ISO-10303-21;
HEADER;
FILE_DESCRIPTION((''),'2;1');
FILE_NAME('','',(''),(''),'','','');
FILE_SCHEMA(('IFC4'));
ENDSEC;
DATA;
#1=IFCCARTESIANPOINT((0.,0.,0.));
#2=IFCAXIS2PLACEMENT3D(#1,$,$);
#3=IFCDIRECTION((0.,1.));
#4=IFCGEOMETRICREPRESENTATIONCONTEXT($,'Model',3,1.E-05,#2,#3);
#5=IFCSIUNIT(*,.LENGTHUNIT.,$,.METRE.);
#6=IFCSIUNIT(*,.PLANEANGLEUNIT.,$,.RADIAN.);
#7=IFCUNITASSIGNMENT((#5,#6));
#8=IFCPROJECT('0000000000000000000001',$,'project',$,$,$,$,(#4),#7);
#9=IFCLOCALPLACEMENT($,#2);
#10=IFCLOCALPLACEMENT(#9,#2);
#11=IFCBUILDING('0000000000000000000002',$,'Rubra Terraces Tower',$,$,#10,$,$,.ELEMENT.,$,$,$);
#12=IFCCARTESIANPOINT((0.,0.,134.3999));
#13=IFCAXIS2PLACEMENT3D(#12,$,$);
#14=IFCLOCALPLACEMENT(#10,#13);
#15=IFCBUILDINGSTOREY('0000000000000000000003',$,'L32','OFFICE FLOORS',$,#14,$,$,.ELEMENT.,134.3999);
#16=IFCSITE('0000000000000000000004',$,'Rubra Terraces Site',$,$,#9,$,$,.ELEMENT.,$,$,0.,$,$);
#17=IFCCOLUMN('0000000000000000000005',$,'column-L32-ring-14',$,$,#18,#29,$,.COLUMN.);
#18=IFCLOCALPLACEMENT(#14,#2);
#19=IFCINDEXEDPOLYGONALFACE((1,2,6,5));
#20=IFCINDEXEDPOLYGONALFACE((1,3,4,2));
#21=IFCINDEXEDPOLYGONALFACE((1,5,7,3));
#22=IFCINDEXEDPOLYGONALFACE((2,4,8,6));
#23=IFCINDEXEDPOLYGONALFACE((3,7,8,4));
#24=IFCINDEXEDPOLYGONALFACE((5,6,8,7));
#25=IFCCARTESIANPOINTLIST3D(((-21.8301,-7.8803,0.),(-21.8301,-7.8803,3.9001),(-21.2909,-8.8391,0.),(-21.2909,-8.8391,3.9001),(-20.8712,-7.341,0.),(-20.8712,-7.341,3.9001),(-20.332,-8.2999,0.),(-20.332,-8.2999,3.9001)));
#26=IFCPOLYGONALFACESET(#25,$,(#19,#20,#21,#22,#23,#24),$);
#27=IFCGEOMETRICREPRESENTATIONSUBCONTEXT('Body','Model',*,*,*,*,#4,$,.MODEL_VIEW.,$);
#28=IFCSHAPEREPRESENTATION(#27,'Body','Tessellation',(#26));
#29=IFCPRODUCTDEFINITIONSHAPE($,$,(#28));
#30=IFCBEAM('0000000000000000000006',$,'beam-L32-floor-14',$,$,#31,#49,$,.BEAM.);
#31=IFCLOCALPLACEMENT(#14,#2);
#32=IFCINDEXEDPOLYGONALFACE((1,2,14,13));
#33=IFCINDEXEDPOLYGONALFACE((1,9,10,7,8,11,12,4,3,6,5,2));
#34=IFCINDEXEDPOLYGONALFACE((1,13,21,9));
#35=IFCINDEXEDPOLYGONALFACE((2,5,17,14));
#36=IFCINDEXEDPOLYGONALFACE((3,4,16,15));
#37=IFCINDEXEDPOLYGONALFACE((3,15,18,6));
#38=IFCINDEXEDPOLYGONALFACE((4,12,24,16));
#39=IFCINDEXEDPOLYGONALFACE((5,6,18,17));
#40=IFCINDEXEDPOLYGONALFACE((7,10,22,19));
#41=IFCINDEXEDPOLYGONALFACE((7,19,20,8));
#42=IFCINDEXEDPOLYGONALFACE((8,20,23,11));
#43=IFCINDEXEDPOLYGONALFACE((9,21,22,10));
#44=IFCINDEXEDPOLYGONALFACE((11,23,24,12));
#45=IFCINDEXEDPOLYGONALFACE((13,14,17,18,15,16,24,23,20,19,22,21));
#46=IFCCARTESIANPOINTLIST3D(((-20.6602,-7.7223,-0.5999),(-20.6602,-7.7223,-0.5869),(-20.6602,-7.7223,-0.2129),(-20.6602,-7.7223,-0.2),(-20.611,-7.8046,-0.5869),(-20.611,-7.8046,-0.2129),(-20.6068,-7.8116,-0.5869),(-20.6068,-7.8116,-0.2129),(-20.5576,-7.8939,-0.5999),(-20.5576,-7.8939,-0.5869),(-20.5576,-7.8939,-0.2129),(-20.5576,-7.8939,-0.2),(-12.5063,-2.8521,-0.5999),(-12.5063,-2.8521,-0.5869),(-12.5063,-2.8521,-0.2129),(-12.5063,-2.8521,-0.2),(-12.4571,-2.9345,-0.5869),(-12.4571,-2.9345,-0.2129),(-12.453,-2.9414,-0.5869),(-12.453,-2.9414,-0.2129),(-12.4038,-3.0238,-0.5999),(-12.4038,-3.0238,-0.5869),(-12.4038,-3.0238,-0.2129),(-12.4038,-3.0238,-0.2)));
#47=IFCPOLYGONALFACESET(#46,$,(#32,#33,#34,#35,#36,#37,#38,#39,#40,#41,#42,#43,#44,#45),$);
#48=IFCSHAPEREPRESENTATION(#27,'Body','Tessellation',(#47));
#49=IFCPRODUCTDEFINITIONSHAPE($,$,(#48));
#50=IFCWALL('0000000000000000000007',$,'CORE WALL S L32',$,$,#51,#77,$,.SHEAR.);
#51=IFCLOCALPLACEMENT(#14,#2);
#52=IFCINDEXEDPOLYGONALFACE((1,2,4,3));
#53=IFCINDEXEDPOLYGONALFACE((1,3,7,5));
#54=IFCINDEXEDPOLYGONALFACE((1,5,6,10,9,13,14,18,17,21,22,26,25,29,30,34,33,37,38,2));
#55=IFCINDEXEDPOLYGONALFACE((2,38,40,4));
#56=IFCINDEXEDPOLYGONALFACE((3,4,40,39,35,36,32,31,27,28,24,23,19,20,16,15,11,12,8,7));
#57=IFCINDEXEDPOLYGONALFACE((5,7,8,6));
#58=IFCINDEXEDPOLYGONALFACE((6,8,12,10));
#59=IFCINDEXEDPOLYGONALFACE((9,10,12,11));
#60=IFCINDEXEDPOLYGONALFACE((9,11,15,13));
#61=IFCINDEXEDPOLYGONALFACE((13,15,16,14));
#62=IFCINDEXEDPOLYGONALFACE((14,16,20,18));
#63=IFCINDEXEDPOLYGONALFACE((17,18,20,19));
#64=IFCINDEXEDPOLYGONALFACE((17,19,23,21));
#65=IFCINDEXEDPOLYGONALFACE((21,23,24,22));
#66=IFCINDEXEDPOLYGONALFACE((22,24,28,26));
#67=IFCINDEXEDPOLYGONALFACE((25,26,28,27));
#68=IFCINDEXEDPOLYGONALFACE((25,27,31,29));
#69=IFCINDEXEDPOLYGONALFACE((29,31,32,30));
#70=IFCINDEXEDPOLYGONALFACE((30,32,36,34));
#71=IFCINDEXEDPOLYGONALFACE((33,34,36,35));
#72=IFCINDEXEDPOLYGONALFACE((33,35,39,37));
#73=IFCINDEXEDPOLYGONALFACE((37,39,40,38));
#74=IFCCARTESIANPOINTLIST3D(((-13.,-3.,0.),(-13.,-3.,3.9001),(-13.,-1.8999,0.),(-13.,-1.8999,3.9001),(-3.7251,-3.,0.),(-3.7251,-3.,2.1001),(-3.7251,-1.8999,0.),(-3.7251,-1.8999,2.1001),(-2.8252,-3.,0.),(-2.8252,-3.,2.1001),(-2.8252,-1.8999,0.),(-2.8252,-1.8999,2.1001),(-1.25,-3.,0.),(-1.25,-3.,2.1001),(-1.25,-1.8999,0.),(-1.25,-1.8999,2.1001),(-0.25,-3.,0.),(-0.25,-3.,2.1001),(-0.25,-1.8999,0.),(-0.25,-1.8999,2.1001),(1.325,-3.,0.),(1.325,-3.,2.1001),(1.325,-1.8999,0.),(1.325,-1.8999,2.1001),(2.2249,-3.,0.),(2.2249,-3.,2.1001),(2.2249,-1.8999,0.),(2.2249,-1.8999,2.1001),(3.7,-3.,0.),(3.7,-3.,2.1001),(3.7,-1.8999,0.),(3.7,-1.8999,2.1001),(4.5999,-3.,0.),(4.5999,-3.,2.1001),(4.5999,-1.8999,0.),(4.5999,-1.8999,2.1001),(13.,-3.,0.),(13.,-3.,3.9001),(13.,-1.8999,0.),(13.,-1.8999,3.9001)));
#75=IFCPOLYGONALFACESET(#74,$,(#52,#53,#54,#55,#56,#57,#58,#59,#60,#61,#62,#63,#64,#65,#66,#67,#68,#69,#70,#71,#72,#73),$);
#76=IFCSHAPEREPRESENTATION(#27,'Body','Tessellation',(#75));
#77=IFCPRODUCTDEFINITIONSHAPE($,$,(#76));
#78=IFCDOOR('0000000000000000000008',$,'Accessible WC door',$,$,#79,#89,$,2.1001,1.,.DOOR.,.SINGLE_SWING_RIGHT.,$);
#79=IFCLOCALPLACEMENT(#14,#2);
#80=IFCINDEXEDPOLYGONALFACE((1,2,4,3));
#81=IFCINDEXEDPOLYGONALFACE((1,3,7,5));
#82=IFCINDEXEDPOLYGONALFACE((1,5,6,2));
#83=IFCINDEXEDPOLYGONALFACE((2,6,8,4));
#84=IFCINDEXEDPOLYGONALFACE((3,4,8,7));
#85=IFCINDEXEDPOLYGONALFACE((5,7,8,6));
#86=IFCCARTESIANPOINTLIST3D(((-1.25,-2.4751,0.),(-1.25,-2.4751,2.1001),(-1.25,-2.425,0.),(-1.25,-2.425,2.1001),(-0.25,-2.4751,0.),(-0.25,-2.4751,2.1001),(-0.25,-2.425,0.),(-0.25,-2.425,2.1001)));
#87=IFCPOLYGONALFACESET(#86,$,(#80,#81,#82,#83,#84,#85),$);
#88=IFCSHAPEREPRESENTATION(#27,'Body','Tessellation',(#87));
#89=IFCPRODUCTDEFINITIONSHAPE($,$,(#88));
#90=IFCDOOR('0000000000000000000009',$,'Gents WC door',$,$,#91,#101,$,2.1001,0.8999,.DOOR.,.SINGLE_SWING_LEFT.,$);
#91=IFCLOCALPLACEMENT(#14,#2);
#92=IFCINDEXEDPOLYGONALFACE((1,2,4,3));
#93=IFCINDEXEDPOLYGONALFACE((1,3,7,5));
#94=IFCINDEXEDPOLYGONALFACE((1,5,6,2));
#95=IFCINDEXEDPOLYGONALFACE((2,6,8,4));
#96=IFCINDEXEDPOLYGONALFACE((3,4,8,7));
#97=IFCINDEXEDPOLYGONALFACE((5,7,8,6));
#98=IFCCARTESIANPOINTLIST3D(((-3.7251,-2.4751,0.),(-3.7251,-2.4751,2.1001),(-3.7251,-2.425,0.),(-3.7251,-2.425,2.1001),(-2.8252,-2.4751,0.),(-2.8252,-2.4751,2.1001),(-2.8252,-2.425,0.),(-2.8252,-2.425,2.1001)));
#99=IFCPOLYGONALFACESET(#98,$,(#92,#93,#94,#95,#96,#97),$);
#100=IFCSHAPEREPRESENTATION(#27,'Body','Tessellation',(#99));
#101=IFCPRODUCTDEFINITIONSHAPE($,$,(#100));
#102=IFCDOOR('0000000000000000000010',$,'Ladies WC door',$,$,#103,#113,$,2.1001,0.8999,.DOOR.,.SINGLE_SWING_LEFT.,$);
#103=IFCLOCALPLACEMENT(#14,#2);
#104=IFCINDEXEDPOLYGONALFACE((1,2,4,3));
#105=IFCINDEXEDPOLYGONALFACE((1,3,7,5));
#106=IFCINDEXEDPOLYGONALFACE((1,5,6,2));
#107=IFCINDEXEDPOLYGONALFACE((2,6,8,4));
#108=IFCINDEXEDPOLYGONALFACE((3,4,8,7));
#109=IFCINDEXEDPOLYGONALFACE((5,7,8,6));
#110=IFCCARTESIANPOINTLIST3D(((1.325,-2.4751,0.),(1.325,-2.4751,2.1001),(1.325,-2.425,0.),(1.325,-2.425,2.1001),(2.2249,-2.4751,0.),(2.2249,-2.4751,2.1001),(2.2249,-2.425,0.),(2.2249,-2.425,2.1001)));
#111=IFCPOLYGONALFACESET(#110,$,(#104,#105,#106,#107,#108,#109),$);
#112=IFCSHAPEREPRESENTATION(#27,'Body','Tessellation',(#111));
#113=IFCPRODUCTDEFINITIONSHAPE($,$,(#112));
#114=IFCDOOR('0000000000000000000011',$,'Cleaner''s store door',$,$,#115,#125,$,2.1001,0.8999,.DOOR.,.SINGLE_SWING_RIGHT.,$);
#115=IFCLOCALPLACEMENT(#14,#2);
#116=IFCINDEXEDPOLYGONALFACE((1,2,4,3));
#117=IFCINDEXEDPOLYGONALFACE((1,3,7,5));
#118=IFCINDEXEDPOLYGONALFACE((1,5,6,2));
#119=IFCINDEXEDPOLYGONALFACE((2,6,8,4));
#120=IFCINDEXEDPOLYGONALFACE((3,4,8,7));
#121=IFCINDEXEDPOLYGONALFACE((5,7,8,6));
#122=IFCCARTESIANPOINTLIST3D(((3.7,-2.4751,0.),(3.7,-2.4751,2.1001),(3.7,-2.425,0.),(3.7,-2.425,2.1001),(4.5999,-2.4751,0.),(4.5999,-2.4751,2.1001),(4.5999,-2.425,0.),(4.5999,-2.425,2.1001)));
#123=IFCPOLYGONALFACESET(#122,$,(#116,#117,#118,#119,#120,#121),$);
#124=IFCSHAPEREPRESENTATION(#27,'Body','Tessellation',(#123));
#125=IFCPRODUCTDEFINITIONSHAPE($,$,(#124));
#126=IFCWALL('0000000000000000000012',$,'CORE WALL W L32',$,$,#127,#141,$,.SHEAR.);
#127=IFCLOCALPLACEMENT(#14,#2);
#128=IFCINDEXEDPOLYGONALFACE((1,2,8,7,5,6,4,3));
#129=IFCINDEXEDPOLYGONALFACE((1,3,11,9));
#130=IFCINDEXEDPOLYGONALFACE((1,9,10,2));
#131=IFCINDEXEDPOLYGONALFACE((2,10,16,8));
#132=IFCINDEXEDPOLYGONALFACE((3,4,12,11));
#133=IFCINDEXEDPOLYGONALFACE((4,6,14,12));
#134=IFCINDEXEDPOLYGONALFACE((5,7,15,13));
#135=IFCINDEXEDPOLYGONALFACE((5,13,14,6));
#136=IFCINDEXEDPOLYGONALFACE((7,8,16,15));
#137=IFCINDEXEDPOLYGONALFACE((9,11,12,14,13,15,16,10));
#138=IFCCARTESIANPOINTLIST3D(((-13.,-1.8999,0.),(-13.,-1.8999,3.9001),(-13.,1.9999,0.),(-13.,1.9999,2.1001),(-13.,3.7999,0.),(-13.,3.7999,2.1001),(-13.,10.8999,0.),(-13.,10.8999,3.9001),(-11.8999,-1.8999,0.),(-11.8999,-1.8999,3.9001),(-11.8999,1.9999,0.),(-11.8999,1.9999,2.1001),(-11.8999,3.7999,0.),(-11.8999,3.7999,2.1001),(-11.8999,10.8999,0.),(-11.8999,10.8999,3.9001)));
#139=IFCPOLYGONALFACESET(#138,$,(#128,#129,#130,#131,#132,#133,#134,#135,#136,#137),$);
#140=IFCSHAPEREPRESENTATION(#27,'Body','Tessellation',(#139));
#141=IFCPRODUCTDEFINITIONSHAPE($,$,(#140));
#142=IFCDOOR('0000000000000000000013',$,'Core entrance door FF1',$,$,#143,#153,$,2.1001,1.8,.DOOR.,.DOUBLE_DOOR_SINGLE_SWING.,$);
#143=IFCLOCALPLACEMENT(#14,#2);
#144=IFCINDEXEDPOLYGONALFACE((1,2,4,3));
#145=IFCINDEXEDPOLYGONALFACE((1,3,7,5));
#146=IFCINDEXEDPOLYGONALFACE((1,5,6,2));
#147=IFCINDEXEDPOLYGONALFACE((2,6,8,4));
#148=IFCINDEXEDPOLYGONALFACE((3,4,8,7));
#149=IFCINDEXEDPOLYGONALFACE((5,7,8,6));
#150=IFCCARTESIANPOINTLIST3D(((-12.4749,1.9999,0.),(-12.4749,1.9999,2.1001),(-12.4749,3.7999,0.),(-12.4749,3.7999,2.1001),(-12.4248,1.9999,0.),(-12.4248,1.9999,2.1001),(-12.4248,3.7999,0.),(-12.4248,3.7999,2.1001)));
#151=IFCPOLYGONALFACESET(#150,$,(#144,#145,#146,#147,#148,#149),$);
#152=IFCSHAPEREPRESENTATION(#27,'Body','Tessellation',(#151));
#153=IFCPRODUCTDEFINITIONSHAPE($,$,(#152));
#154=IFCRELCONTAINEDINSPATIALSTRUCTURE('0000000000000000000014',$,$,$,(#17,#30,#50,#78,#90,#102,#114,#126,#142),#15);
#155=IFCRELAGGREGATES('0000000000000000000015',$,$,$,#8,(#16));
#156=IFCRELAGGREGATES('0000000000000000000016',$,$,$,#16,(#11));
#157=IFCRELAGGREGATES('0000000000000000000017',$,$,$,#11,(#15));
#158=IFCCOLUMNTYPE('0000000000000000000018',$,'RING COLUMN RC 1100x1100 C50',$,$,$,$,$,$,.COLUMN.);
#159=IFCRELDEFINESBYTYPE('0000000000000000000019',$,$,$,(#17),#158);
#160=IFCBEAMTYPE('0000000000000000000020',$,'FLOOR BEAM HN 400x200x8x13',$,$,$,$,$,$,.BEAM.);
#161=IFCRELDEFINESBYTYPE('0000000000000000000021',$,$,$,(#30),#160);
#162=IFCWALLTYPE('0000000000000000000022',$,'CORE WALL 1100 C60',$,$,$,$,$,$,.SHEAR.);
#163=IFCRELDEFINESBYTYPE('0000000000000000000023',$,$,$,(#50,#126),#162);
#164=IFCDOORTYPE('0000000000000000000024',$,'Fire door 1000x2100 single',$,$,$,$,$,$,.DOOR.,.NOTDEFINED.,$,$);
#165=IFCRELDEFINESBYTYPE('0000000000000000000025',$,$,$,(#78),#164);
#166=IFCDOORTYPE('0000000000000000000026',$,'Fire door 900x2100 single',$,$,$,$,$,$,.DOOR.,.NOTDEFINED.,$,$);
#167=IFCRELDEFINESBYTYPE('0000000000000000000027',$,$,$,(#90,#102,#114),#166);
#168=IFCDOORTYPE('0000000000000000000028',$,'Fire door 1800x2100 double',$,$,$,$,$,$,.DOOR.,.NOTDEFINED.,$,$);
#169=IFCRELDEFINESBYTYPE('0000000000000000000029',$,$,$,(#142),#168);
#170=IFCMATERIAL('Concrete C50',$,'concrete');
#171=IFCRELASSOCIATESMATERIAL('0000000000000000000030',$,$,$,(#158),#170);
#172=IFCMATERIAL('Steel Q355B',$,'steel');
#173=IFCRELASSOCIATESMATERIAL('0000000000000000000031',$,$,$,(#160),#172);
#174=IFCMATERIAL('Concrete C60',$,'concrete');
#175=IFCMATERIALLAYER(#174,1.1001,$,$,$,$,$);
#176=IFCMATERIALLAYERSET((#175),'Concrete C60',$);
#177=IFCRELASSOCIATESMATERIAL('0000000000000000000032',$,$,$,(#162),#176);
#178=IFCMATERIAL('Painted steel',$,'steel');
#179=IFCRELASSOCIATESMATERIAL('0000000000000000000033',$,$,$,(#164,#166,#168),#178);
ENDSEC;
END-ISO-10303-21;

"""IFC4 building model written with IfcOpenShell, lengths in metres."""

from ifc_helpers import new_model, si_unit, direction, frame, frame_2d, origin, origin_2d, place, context, subcontext, project, spatial, rectangle, i_section, extrude, material, layer, layer_set, material_profile, profile_set, type_object, element, fill, save


model = new_model("IFC4")

# Units and contexts
model_context = context("Model", 3, precision=1e-05, world=origin(), true_north=direction((0.0, 1.0)))
body_context = subcontext(model_context, "Body", "Model", "MODEL_VIEW")
ifc_project = project(units=[si_unit("LENGTHUNIT", "METRE"), si_unit("PLANEANGLEUNIT", "RADIAN")], contexts=[model_context])

# Site, building, storey
site_placement = place(None, origin())
site = spatial("IfcSite", under=ifc_project, at=site_placement, Name="Rubra Terraces Site", CompositionType="ELEMENT", RefElevation=0.0)
building_placement = place(site_placement, origin())
building = spatial("IfcBuilding", under=site, at=building_placement, Name="Rubra Terraces Tower", CompositionType="ELEMENT")
storey_placement = place(building_placement, frame((0.0, 0.0, 134.3999)))
storey = spatial("IfcBuildingStorey", under=building, at=storey_placement, Name="L32", Description="OFFICE FLOORS", CompositionType="ELEMENT", Elevation=134.3999)

# Column
ifc_material_1 = material(Name="Concrete C50", Category="concrete")
ifc_material_profile_1 = material_profile(ifc_material_1, rectangle(XDim=1.1001, YDim=1.1001, at=origin_2d()), Name="RC 1100x1100")
ifc_profile_set_1 = profile_set([ifc_material_profile_1], Name="Concrete C50")
column_type = type_object("IfcColumnType", Name="RING COLUMN RC 1100x1100 C50", PredefinedType="COLUMN", material=ifc_profile_set_1)
column_placement = place(storey_placement, frame((-21.0811, -8.0901, 0.0), z_axis=(0.0, 0.0, 1.0), x_axis=(0.490162, -0.871631, 0.0)))
element("IfcColumn", 1, at=column_placement, inside=storey, type_object=column_type, Name="column-L32-ring-14", PredefinedType="COLUMN", context=body_context, shape_type="SweptSolid", body=[
    extrude(rectangle(XDim=1.1001, YDim=1.1001, at=origin_2d()), origin(), (0.0, 0.0, 1.0), 3.9001),
])

# Beam
ifc_material_2 = material(Name="Steel Q355B", Category="steel")
ifc_material_profile_2 = material_profile(ifc_material_2, i_section(OverallWidth=0.2, OverallDepth=0.3999, WebThickness=0.0081, FlangeThickness=0.0129, at=origin_2d()), Name="HN 400x200x8x13")
ifc_profile_set_2 = profile_set([ifc_material_profile_2], Name="Steel Q355B")
beam_type = type_object("IfcBeamType", Name="FLOOR BEAM HN 400x200x8x13", PredefinedType="BEAM", material=ifc_profile_set_2)
beam_placement = place(storey_placement, frame((-20.6089, -7.8081, -0.3999), z_axis=(0.858521, 0.512778, 0.0), x_axis=(-0.512778, 0.858521, 0.0)))
element("IfcBeam", 2, at=beam_placement, inside=storey, type_object=beam_type, Name="beam-L32-floor-14", PredefinedType="BEAM", context=body_context, shape_type="SweptSolid", body=[
    extrude(i_section(OverallWidth=0.2, OverallDepth=0.3999, WebThickness=0.0081, FlangeThickness=0.0129, at=origin_2d()), origin(), (0.0, 0.0, 1.0), 9.4976),
])

# Wall, openings, doors
ifc_material_3 = material(Name="Concrete C60", Category="concrete")
ifc_layer_1 = layer(ifc_material_3, 1.1001)
ifc_layer_set_1 = layer_set([ifc_layer_1], Name="Concrete C60")
wall_type_1 = type_object("IfcWallType", Name="CORE WALL 1100 C60", PredefinedType="SHEAR", material=ifc_layer_set_1)
wall_1_placement = place(storey_placement, frame((-13.0, -2.45, 0.0), z_axis=(0.0, 0.0, 1.0), x_axis=(1.0, 0.0, 0.0)))
wall_1 = element("IfcWall", 3, at=wall_1_placement, inside=storey, type_object=wall_type_1, Name="CORE WALL S L32", PredefinedType="SHEAR", context=body_context, shape_type="SweptSolid", body=[
    extrude(rectangle(XDim=26.0, YDim=1.1001, at=frame_2d((13.0, 0.0))), origin(), (0.0, 0.0, 1.0), 3.9001),
])
opening_1_placement = place(wall_1_placement, frame((9.2749, 0.0, 0.0)))
opening_1 = element("IfcOpeningElement", 4, at=opening_1_placement, cuts=wall_1, PredefinedType="OPENING", context=body_context, shape_type="SweptSolid", body=[
    extrude(rectangle(XDim=0.8999, YDim=2.1001, at=frame_2d((0.45, 1.05))), frame((0.0, 0.5601, 0.0), z_axis=(0.0, -1.0, 0.0), x_axis=(1.0, 0.0, 0.0)), (0.0, 0.0, 1.0), 1.1201),
])
opening_2_placement = place(wall_1_placement, frame((11.75, 0.0, 0.0)))
opening_2 = element("IfcOpeningElement", 5, at=opening_2_placement, cuts=wall_1, PredefinedType="OPENING", context=body_context, shape_type="SweptSolid", body=[
    extrude(rectangle(XDim=1.0, YDim=2.1001, at=frame_2d((0.5, 1.05))), frame((0.0, 0.5601, 0.0), z_axis=(0.0, -1.0, 0.0), x_axis=(1.0, 0.0, 0.0)), (0.0, 0.0, 1.0), 1.1201),
])
opening_3_placement = place(wall_1_placement, frame((14.325, 0.0, 0.0)))
opening_3 = element("IfcOpeningElement", 6, at=opening_3_placement, cuts=wall_1, PredefinedType="OPENING", context=body_context, shape_type="SweptSolid", body=[
    extrude(rectangle(XDim=0.8999, YDim=2.1001, at=frame_2d((0.45, 1.05))), frame((0.0, 0.5601, 0.0), z_axis=(0.0, -1.0, 0.0), x_axis=(1.0, 0.0, 0.0)), (0.0, 0.0, 1.0), 1.1201),
])
opening_4_placement = place(wall_1_placement, frame((16.7, 0.0, 0.0)))
opening_4 = element("IfcOpeningElement", 7, at=opening_4_placement, cuts=wall_1, PredefinedType="OPENING", context=body_context, shape_type="SweptSolid", body=[
    extrude(rectangle(XDim=0.8999, YDim=2.1001, at=frame_2d((0.45, 1.05))), frame((0.0, 0.5601, 0.0), z_axis=(0.0, -1.0, 0.0), x_axis=(1.0, 0.0, 0.0)), (0.0, 0.0, 1.0), 1.1201),
])
ifc_material_4 = material(Name="Painted steel", Category="steel")
door_type_1 = type_object("IfcDoorType", Name="Fire door 1000x2100 single", OperationType="NOTDEFINED", PredefinedType="DOOR", material=ifc_material_4)
door_1_placement = place(opening_2_placement, origin())
door_1 = element("IfcDoor", 8, at=door_1_placement, inside=storey, type_object=door_type_1, Name="Accessible WC door", OperationType="SINGLE_SWING_RIGHT", OverallHeight=2.1001, OverallWidth=1.0, PredefinedType="DOOR", context=body_context, shape_type="SweptSolid", body=[
    extrude(rectangle(XDim=1.0, YDim=2.1001, at=frame_2d((0.5, 1.05))), frame((0.0, 0.0249, 0.0), z_axis=(0.0, -1.0, 0.0), x_axis=(1.0, 0.0, 0.0)), (0.0, 0.0, 1.0), 0.05),
])
fill(opening_2, door_1)
door_type_2 = type_object("IfcDoorType", Name="Fire door 900x2100 single", OperationType="NOTDEFINED", PredefinedType="DOOR", material=ifc_material_4)
door_2_placement = place(opening_1_placement, origin())
door_2 = element("IfcDoor", 9, at=door_2_placement, inside=storey, type_object=door_type_2, Name="Gents WC door", OperationType="SINGLE_SWING_LEFT", OverallHeight=2.1001, OverallWidth=0.8999, PredefinedType="DOOR", context=body_context, shape_type="SweptSolid", body=[
    extrude(rectangle(XDim=0.8999, YDim=2.1001, at=frame_2d((0.45, 1.05))), frame((0.0, 0.0249, 0.0), z_axis=(0.0, -1.0, 0.0), x_axis=(1.0, 0.0, 0.0)), (0.0, 0.0, 1.0), 0.05),
])
fill(opening_1, door_2)
door_3_placement = place(opening_3_placement, origin())
door_3 = element("IfcDoor", 10, at=door_3_placement, inside=storey, type_object=door_type_2, Name="Ladies WC door", OperationType="SINGLE_SWING_LEFT", OverallHeight=2.1001, OverallWidth=0.8999, PredefinedType="DOOR", context=body_context, shape_type="SweptSolid", body=[
    extrude(rectangle(XDim=0.8999, YDim=2.1001, at=frame_2d((0.45, 1.05))), frame((0.0, 0.0249, 0.0), z_axis=(0.0, -1.0, 0.0), x_axis=(1.0, 0.0, 0.0)), (0.0, 0.0, 1.0), 0.05),
])
fill(opening_3, door_3)
door_4_placement = place(opening_4_placement, origin())
door_4 = element("IfcDoor", 11, at=door_4_placement, inside=storey, type_object=door_type_2, Name="Cleaner's store door", OperationType="SINGLE_SWING_RIGHT", OverallHeight=2.1001, OverallWidth=0.8999, PredefinedType="DOOR", context=body_context, shape_type="SweptSolid", body=[
    extrude(rectangle(XDim=0.8999, YDim=2.1001, at=frame_2d((0.45, 1.05))), frame((0.0, 0.0249, 0.0), z_axis=(0.0, -1.0, 0.0), x_axis=(1.0, 0.0, 0.0)), (0.0, 0.0, 1.0), 0.05),
])
fill(opening_4, door_4)

# Wall, opening, door
wall_2_placement = place(storey_placement, frame((-12.45, -1.8999, 0.0), z_axis=(0.0, 0.0, 1.0), x_axis=(0.0, 1.0, 0.0)))
wall_2 = element("IfcWall", 12, at=wall_2_placement, inside=storey, type_object=wall_type_1, Name="CORE WALL W L32", PredefinedType="SHEAR", context=body_context, shape_type="SweptSolid", body=[
    extrude(rectangle(XDim=12.7998, YDim=1.1001, at=frame_2d((6.3999, 0.0))), origin(), (0.0, 0.0, 1.0), 3.9001),
])
opening_5_placement = place(wall_2_placement, frame((3.8999, 0.0, 0.0)))
opening_5 = element("IfcOpeningElement", 13, at=opening_5_placement, cuts=wall_2, PredefinedType="OPENING", context=body_context, shape_type="SweptSolid", body=[
    extrude(rectangle(XDim=1.8, YDim=2.1001, at=frame_2d((0.8999, 1.05))), frame((0.0, 0.5601, 0.0), z_axis=(0.0, -1.0, 0.0), x_axis=(1.0, 0.0, 0.0)), (0.0, 0.0, 1.0), 1.1201),
])
door_type_3 = type_object("IfcDoorType", Name="Fire door 1800x2100 double", OperationType="NOTDEFINED", PredefinedType="DOOR", material=ifc_material_4)
door_5_placement = place(opening_5_placement, origin())
door_5 = element("IfcDoor", 14, at=door_5_placement, inside=storey, type_object=door_type_3, Name="Core entrance door FF1", OperationType="DOUBLE_DOOR_SINGLE_SWING", OverallHeight=2.1001, OverallWidth=1.8, PredefinedType="DOOR", context=body_context, shape_type="SweptSolid", body=[
    extrude(rectangle(XDim=1.8, YDim=2.1001, at=frame_2d((0.8999, 1.05))), frame((0.0, 0.0249, 0.0), z_axis=(0.0, -1.0, 0.0), x_axis=(1.0, 0.0, 0.0)), (0.0, 0.0, 1.0), 0.05),
])
fill(opening_5, door_5)

save(model, "model.ifc")
